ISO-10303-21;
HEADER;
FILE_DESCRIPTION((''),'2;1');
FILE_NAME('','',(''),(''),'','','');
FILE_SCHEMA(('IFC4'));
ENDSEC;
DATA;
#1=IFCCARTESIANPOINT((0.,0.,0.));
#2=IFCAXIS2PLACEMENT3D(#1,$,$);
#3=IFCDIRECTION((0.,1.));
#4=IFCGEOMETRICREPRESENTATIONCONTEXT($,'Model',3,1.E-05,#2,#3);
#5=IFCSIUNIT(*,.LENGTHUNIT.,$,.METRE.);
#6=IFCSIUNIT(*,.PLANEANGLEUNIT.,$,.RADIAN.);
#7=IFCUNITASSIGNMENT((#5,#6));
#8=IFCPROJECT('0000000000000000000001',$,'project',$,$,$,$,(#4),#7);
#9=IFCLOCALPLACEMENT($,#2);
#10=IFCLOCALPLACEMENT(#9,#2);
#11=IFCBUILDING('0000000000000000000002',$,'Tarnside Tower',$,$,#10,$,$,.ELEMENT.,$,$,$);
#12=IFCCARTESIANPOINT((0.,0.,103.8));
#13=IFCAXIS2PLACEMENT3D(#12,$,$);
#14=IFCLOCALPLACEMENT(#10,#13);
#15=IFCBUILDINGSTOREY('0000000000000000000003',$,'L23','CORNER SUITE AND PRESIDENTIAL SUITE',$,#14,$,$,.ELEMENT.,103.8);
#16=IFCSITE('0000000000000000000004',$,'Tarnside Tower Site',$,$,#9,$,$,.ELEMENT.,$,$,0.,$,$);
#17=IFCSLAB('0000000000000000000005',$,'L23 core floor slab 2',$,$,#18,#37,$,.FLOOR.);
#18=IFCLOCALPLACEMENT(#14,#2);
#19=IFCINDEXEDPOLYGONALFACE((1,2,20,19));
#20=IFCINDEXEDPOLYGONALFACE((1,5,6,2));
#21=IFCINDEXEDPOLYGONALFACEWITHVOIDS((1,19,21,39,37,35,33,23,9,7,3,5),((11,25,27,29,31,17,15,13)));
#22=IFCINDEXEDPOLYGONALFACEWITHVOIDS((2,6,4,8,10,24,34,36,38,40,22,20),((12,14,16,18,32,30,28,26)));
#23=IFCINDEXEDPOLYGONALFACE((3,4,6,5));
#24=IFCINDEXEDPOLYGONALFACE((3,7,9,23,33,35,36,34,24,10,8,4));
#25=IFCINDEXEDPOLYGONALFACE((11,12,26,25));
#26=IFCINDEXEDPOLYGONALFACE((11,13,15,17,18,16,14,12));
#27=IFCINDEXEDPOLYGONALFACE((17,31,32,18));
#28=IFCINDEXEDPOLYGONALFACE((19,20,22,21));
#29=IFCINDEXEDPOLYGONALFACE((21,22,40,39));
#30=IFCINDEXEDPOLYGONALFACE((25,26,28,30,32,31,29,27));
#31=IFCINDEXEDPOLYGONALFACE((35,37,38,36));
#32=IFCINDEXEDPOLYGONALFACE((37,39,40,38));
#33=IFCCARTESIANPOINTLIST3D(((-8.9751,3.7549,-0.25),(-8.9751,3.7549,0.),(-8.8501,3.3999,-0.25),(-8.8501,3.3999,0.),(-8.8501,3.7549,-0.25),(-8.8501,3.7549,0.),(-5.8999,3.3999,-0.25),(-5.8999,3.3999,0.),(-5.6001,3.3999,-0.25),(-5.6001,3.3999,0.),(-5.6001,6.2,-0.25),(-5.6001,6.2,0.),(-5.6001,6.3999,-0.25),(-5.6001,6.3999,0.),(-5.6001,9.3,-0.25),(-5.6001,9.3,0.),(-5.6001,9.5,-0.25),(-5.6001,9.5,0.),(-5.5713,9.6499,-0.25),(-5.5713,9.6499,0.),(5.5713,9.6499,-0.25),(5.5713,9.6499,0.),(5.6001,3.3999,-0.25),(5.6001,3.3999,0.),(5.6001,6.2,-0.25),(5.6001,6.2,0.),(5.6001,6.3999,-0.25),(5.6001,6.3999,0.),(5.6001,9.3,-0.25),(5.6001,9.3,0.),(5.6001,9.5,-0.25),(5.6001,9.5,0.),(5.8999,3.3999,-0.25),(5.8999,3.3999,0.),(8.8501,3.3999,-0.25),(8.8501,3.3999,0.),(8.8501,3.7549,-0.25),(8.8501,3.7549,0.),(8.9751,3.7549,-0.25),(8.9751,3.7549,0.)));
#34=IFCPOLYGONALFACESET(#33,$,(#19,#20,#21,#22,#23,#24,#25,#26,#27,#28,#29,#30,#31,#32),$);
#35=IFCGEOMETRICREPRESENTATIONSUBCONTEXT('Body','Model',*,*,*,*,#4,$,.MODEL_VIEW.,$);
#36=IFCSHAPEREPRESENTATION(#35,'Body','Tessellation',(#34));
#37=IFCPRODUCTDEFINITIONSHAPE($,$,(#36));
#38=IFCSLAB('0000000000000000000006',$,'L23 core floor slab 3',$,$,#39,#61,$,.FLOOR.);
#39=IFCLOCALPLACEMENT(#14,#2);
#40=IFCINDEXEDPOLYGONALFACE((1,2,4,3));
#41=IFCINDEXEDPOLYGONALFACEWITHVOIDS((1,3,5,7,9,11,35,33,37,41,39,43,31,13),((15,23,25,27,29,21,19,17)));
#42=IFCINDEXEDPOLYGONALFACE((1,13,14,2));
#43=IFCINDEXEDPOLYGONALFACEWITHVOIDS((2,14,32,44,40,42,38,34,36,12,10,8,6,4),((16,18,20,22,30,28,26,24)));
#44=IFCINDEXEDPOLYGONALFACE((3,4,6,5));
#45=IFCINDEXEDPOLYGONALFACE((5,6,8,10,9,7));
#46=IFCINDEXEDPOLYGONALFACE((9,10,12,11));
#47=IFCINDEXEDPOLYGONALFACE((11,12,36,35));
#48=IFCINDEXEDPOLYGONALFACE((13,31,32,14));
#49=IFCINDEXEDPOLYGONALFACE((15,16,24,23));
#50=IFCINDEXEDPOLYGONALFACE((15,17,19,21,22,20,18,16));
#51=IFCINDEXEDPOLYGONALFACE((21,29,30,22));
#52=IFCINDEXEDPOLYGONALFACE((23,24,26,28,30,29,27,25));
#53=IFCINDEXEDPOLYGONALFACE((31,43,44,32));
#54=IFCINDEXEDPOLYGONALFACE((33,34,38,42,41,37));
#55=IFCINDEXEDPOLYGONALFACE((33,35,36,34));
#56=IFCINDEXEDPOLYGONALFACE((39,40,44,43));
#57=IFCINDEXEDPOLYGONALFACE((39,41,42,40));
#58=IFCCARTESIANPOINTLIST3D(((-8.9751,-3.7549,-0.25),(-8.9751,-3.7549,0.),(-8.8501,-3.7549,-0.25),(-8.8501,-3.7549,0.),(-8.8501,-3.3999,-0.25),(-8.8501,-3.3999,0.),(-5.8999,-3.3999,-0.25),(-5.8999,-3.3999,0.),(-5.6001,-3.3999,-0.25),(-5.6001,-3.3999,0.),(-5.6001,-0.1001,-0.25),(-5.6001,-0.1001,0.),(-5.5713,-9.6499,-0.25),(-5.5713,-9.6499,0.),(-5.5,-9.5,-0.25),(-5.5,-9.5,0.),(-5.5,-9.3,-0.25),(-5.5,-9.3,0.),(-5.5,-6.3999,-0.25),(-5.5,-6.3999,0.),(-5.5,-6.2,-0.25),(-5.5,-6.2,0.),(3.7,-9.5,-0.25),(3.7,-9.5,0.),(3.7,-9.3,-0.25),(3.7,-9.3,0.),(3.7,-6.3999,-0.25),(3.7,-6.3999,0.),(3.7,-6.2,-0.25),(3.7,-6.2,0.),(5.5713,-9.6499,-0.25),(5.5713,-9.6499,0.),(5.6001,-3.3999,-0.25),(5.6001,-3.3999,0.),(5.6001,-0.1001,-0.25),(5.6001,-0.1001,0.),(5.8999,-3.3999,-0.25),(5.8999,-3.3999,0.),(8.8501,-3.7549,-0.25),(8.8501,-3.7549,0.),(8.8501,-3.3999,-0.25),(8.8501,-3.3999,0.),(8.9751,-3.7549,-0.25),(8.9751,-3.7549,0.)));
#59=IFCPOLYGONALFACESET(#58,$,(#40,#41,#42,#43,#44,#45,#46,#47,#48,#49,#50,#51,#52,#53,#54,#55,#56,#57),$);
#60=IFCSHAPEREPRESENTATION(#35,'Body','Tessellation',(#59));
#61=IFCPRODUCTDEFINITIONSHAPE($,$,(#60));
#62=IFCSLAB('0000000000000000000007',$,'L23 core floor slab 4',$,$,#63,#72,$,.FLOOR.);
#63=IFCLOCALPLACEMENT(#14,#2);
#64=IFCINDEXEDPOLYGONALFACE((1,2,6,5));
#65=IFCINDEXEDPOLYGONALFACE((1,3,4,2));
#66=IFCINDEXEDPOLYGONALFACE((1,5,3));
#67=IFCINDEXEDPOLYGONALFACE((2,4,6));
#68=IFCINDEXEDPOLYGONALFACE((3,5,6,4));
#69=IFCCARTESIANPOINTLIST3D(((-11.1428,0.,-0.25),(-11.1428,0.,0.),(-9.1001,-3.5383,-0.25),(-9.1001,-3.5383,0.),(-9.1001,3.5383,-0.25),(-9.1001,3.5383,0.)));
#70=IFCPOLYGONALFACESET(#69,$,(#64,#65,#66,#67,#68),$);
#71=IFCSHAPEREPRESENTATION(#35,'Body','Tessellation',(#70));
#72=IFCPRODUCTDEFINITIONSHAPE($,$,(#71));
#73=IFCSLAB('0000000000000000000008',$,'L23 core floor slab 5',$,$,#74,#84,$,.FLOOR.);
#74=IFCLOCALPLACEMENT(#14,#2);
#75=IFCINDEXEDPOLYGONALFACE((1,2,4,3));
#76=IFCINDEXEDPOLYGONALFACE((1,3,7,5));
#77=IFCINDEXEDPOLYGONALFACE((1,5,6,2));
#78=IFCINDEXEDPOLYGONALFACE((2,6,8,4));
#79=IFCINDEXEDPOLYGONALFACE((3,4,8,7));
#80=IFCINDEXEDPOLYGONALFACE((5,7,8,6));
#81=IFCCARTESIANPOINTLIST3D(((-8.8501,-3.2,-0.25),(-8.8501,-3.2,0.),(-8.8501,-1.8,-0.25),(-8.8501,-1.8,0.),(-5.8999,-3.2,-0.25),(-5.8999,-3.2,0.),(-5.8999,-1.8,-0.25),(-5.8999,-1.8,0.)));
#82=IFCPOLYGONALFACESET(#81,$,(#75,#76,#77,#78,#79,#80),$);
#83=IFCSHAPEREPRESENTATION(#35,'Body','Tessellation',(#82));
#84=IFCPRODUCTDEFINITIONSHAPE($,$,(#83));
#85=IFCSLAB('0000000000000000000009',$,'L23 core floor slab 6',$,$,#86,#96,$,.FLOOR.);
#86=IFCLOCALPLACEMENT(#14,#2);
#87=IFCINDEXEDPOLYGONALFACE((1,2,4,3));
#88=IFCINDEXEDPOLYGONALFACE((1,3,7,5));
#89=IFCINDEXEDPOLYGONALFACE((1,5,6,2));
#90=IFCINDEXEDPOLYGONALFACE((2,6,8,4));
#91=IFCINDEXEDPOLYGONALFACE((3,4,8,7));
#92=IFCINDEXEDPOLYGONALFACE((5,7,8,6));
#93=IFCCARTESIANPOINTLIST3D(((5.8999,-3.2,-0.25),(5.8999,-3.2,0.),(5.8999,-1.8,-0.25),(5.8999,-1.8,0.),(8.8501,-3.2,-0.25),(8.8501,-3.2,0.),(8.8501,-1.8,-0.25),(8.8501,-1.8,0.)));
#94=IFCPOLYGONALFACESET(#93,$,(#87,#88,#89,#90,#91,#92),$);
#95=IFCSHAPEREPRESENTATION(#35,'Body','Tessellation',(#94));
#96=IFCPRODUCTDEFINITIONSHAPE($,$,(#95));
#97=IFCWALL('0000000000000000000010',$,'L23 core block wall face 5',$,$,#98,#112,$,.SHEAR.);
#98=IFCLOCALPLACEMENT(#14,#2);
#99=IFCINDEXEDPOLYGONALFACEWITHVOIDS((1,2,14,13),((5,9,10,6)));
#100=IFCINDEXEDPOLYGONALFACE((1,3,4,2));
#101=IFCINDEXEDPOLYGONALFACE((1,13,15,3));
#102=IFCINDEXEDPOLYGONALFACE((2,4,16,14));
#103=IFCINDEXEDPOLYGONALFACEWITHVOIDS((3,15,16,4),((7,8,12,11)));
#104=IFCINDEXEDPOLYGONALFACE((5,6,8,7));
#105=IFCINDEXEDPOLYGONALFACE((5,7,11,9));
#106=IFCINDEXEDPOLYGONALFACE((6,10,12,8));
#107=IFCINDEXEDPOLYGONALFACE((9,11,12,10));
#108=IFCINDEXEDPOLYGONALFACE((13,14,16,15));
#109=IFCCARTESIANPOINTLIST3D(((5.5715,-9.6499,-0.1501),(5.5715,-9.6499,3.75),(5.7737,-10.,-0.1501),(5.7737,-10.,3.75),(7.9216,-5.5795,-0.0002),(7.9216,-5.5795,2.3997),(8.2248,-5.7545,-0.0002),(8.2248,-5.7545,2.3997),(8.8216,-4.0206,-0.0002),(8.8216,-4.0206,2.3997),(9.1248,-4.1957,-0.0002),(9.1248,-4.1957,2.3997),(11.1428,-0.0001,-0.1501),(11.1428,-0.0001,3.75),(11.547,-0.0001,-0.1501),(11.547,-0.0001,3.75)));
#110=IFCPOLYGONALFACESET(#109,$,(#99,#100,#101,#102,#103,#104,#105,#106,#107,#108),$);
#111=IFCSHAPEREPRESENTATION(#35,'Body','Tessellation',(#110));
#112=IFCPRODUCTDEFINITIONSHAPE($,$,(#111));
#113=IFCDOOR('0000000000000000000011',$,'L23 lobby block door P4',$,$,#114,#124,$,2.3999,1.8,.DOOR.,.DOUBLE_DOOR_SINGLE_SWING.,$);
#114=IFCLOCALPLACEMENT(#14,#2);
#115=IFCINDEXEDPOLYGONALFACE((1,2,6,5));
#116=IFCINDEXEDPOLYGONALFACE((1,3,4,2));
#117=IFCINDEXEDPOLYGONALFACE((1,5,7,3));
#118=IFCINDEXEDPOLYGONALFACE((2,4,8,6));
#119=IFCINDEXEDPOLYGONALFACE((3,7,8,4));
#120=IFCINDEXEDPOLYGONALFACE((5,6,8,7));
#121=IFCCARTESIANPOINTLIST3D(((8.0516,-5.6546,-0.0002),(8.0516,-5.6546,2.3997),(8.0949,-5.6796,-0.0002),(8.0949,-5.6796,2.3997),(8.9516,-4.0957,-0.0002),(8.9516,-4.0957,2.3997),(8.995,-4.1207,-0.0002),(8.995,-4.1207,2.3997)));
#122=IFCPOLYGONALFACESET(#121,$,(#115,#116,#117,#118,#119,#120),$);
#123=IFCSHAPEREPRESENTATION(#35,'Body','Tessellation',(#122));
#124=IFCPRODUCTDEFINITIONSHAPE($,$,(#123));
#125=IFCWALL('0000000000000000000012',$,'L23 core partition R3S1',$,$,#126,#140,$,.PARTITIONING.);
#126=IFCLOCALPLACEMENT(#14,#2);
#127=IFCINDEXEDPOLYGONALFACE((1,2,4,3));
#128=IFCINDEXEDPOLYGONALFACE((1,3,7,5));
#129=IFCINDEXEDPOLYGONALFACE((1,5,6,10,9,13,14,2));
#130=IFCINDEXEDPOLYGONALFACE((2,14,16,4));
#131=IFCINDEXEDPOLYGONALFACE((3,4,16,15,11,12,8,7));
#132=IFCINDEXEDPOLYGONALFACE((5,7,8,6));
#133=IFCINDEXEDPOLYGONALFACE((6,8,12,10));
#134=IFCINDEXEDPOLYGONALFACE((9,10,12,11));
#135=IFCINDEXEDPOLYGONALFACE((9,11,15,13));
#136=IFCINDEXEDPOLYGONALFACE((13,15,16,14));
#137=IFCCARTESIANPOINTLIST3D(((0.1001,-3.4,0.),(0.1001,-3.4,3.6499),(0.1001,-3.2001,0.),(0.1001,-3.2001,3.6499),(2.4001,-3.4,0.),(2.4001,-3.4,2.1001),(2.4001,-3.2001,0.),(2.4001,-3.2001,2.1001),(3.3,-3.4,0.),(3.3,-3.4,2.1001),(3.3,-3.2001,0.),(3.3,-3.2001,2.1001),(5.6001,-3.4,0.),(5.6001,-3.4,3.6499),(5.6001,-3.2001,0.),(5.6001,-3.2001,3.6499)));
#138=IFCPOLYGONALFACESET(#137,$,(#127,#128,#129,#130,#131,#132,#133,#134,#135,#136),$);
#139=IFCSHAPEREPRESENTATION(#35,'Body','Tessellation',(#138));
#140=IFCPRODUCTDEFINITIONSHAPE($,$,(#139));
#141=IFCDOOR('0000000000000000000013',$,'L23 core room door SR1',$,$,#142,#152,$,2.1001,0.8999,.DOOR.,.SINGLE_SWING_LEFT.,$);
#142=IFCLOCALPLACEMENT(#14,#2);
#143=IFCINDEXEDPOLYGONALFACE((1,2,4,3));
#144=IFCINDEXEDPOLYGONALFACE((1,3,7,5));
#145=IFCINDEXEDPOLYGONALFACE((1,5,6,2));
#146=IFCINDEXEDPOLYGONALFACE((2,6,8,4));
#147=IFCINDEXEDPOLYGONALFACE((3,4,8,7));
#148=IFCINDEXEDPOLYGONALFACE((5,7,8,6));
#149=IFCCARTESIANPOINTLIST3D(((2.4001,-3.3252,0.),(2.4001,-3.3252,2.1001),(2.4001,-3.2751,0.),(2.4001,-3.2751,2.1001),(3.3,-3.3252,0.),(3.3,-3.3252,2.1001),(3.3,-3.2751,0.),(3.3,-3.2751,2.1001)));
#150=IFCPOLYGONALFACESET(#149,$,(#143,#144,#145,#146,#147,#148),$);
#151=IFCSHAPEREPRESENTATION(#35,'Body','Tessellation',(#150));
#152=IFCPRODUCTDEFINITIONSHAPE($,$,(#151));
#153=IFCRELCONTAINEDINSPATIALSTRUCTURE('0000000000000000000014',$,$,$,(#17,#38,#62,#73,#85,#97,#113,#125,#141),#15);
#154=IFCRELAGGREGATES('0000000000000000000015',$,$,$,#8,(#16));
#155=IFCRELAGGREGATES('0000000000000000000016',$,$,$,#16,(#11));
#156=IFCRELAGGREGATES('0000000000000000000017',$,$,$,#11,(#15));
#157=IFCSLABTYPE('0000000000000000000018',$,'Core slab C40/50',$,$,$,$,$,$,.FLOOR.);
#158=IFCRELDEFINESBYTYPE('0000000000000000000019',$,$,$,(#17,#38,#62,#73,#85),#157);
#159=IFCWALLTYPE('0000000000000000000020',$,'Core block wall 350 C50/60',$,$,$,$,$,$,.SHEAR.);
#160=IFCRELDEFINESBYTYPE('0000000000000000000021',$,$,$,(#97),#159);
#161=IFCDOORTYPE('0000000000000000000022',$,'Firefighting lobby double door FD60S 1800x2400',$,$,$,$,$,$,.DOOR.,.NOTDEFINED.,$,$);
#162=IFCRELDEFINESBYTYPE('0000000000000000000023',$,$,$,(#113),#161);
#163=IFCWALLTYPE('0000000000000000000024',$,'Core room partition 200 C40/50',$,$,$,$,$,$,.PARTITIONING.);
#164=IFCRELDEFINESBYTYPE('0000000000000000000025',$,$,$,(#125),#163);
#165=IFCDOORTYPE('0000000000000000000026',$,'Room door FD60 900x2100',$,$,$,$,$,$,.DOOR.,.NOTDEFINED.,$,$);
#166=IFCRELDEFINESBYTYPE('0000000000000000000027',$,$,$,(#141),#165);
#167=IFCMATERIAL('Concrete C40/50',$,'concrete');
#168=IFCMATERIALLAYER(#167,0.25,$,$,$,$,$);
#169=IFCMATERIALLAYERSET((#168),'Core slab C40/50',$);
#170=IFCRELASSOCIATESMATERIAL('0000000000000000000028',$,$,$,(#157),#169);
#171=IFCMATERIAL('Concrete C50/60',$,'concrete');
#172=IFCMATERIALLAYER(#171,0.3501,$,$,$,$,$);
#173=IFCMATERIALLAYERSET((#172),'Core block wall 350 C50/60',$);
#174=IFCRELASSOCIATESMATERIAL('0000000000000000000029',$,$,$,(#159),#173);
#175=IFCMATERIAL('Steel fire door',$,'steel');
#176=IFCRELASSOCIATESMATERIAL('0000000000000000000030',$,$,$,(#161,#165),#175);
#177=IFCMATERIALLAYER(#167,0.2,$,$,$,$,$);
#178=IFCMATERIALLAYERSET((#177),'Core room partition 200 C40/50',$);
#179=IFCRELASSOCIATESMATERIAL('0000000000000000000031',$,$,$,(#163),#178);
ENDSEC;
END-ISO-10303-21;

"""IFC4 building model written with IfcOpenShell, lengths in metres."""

from ifc_helpers import new_model, si_unit, direction, frame, frame_2d, origin, place, context, subcontext, project, spatial, polyline, rectangle, outline, extrude, material, layer, layer_set, type_object, element, fill, save


model = new_model("IFC4")

# Units and contexts
model_context = context("Model", 3, precision=1e-05, world=origin(), true_north=direction((0.0, 1.0)))
body_context = subcontext(model_context, "Body", "Model", "MODEL_VIEW")
ifc_project = project(units=[si_unit("LENGTHUNIT", "METRE"), si_unit("PLANEANGLEUNIT", "RADIAN")], contexts=[model_context])

# Site, building, storey
site_placement = place(None, origin())
site = spatial("IfcSite", under=ifc_project, at=site_placement, Name="Tarnside Tower Site", CompositionType="ELEMENT", RefElevation=0.0)
building_placement = place(site_placement, origin())
building = spatial("IfcBuilding", under=site, at=building_placement, Name="Tarnside Tower", CompositionType="ELEMENT")
storey_placement = place(building_placement, frame((0.0, 0.0, 103.8)))
storey = spatial("IfcBuildingStorey", under=building, at=storey_placement, Name="L23", Description="CORNER SUITE AND PRESIDENTIAL SUITE", CompositionType="ELEMENT", Elevation=103.8)

# Slabs
ifc_material_1 = material(Name="Concrete C40/50", Category="concrete")
ifc_layer_1 = layer(ifc_material_1, 0.25)
ifc_layer_set_1 = layer_set([ifc_layer_1], Name="Core slab C40/50")
slab_type = type_object("IfcSlabType", Name="Core slab C40/50", PredefinedType="FLOOR", material=ifc_layer_set_1)
slab_1_placement = place(storey_placement, frame((0.0, 0.0, -0.25)))
element("IfcSlab", 1, at=slab_1_placement, inside=storey, type_object=slab_type, Name="L23 core floor slab 2", PredefinedType="FLOOR", context=body_context, shape_type="SweptSolid", body=[
    extrude(outline(polyline([(-8.9751, 3.7549), (-5.5713, 9.6499), (5.5713, 9.6499), (8.9751, 3.7549), (8.8501, 3.7549), (8.8501, 3.3999), (5.8999, 3.3999), (5.6001, 3.3999), (5.6001, 3.3999), (-5.6001, 3.3999), (-5.8999, 3.3999), (-8.8501, 3.3999), (-8.8501, 3.7549), (-8.9751, 3.7549)]), holes=[polyline([(-5.6001, 6.2), (5.6001, 6.2), (5.6001, 6.3999), (5.6001, 9.3), (5.6001, 9.5), (-5.6001, 9.5), (-5.6001, 9.3), (-5.6001, 6.3999), (-5.6001, 6.2)])]), origin(), (0.0, 0.0, 1.0), 0.25),
])
slab_2_placement = place(storey_placement, frame((0.0, 0.0, -0.25)))
element("IfcSlab", 2, at=slab_2_placement, inside=storey, type_object=slab_type, Name="L23 core floor slab 3", PredefinedType="FLOOR", context=body_context, shape_type="SweptSolid", body=[
    extrude(outline(polyline([(5.6001, -3.3999), (5.8999, -3.3999), (8.8501, -3.3999), (8.8501, -3.7549), (8.9751, -3.7549), (5.5713, -9.6499), (-5.5713, -9.6499), (-8.9751, -3.7549), (-8.8501, -3.7549), (-8.8501, -3.3999), (-5.8999, -3.3999), (-5.6001, -3.3999), (-5.6001, -0.1001), (5.6001, -0.1001), (5.6001, -3.3999)]), holes=[polyline([(-5.5, -9.3), (-5.5, -9.5), (3.7, -9.5), (3.7, -9.3), (3.7, -6.3999), (3.7, -6.2), (-5.5, -6.2), (-5.5, -6.3999), (-5.5, -9.3)])]), origin(), (0.0, 0.0, 1.0), 0.25),
])
slab_3_placement = place(storey_placement, frame((0.0, 0.0, -0.25)))
element("IfcSlab", 3, at=slab_3_placement, inside=storey, type_object=slab_type, Name="L23 core floor slab 4", PredefinedType="FLOOR", context=body_context, shape_type="SweptSolid", body=[
    extrude(outline(polyline([(-11.1428, 0.0), (-9.1001, 3.5383), (-9.1001, -3.5383), (-11.1428, 0.0)])), origin(), (0.0, 0.0, 1.0), 0.25),
])
slab_4_placement = place(storey_placement, frame((0.0, 0.0, -0.25)))
element("IfcSlab", 4, at=slab_4_placement, inside=storey, type_object=slab_type, Name="L23 core floor slab 5", PredefinedType="FLOOR", context=body_context, shape_type="SweptSolid", body=[
    extrude(outline(polyline([(-8.8501, -1.8), (-5.8999, -1.8), (-5.8999, -3.2), (-8.8501, -3.2), (-8.8501, -1.8)])), origin(), (0.0, 0.0, 1.0), 0.25),
])
slab_5_placement = place(storey_placement, frame((0.0, 0.0, -0.25)))
element("IfcSlab", 5, at=slab_5_placement, inside=storey, type_object=slab_type, Name="L23 core floor slab 6", PredefinedType="FLOOR", context=body_context, shape_type="SweptSolid", body=[
    extrude(outline(polyline([(5.8999, -3.2), (5.8999, -1.8), (8.8501, -1.8), (8.8501, -3.2), (5.8999, -3.2)])), origin(), (0.0, 0.0, 1.0), 0.25),
])

# Walls, openings, doors
ifc_material_2 = material(Name="Concrete C50/60", Category="concrete")
ifc_layer_2 = layer(ifc_material_2, 0.3501)
ifc_layer_set_2 = layer_set([ifc_layer_2], Name="Core block wall 350 C50/60")
wall_type_1 = type_object("IfcWallType", Name="Core block wall 350 C50/60", PredefinedType="SHEAR", material=ifc_layer_set_2)
wall_1_placement = place(storey_placement, frame((5.6726, -9.825, -0.1501), z_axis=(0.0, 0.0, 1.0), x_axis=(0.499995, 0.866028, 0.0)))
wall_1 = element("IfcWall", 6, at=wall_1_placement, inside=storey, type_object=wall_type_1, Name="L23 core block wall face 5", PredefinedType="SHEAR", context=body_context, shape_type="SweptSolid", body=[
    extrude(outline(polyline([(-0.1011, -0.175), (11.4458, -0.175), (11.2437, 0.175), (0.1011, 0.175), (-0.1011, -0.175)])), origin(), (0.0, 0.0, 1.0), 3.9001),
])
opening_1_placement = place(wall_1_placement, frame((4.8013, 0.0, 0.1499)))
opening_1 = element("IfcOpeningElement", 7, at=opening_1_placement, cuts=wall_1, PredefinedType="OPENING", context=body_context, shape_type="SweptSolid", body=[
    extrude(rectangle(XDim=1.8, YDim=2.3999, at=frame_2d((0.8999, 1.2))), frame((0.0, 0.1851, 0.0), z_axis=(0.0, -1.0, 0.0), x_axis=(1.0, 0.0, 0.0)), (0.0, 0.0, 1.0), 0.3701),
])
ifc_material_3 = material(Name="Steel fire door", Category="steel")
door_type_1 = type_object("IfcDoorType", Name="Firefighting lobby double door FD60S 1800x2400", OperationType="NOTDEFINED", PredefinedType="DOOR", material=ifc_material_3)
door_1_placement = place(opening_1_placement, origin())
door_1 = element("IfcDoor", 8, at=door_1_placement, inside=storey, type_object=door_type_1, Name="L23 lobby block door P4", OperationType="DOUBLE_DOOR_SINGLE_SWING", OverallHeight=2.3999, OverallWidth=1.8, PredefinedType="DOOR", context=body_context, shape_type="SweptSolid", body=[
    extrude(rectangle(XDim=1.8, YDim=2.3999, at=frame_2d((0.8999, 1.2))), frame((0.0, 0.0249, 0.0), z_axis=(0.0, -1.0, 0.0), x_axis=(1.0, 0.0, 0.0)), (0.0, 0.0, 1.0), 0.05),
])
fill(opening_1, door_1)
ifc_layer_3 = layer(ifc_material_1, 0.2)
ifc_layer_set_3 = layer_set([ifc_layer_3], Name="Core room partition 200 C40/50")
wall_type_2 = type_object("IfcWallType", Name="Core room partition 200 C40/50", PredefinedType="PARTITIONING", material=ifc_layer_set_3)
wall_2_placement = place(storey_placement, frame((0.1001, -3.3, 0.0), z_axis=(0.0, 0.0, 1.0), x_axis=(1.0, 0.0, 0.0)))
wall_2 = element("IfcWall", 9, at=wall_2_placement, inside=storey, type_object=wall_type_2, Name="L23 core partition R3S1", PredefinedType="PARTITIONING", context=body_context, shape_type="SweptSolid", body=[
    extrude(rectangle(XDim=5.5, YDim=0.2, at=frame_2d((2.75, 0.0))), origin(), (0.0, 0.0, 1.0), 3.6499),
])
opening_2_placement = place(wall_2_placement, frame((2.3, 0.0, 0.0)))
opening_2 = element("IfcOpeningElement", 10, at=opening_2_placement, cuts=wall_2, PredefinedType="OPENING", context=body_context, shape_type="SweptSolid", body=[
    extrude(rectangle(XDim=0.8999, YDim=2.1001, at=frame_2d((0.45, 1.05))), frame((0.0, 0.1099, 0.0), z_axis=(0.0, -1.0, 0.0), x_axis=(1.0, 0.0, 0.0)), (0.0, 0.0, 1.0), 0.22),
])
door_type_2 = type_object("IfcDoorType", Name="Room door FD60 900x2100", OperationType="NOTDEFINED", PredefinedType="DOOR", material=ifc_material_3)
door_2_placement = place(opening_2_placement, origin())
door_2 = element("IfcDoor", 11, at=door_2_placement, inside=storey, type_object=door_type_2, Name="L23 core room door SR1", OperationType="SINGLE_SWING_LEFT", OverallHeight=2.1001, OverallWidth=0.8999, PredefinedType="DOOR", context=body_context, shape_type="SweptSolid", body=[
    extrude(rectangle(XDim=0.8999, YDim=2.1001, at=frame_2d((0.45, 1.05))), frame((0.0, 0.0249, 0.0), z_axis=(0.0, -1.0, 0.0), x_axis=(1.0, 0.0, 0.0)), (0.0, 0.0, 1.0), 0.05),
])
fill(opening_2, door_2)

save(model, "model.ifc")
